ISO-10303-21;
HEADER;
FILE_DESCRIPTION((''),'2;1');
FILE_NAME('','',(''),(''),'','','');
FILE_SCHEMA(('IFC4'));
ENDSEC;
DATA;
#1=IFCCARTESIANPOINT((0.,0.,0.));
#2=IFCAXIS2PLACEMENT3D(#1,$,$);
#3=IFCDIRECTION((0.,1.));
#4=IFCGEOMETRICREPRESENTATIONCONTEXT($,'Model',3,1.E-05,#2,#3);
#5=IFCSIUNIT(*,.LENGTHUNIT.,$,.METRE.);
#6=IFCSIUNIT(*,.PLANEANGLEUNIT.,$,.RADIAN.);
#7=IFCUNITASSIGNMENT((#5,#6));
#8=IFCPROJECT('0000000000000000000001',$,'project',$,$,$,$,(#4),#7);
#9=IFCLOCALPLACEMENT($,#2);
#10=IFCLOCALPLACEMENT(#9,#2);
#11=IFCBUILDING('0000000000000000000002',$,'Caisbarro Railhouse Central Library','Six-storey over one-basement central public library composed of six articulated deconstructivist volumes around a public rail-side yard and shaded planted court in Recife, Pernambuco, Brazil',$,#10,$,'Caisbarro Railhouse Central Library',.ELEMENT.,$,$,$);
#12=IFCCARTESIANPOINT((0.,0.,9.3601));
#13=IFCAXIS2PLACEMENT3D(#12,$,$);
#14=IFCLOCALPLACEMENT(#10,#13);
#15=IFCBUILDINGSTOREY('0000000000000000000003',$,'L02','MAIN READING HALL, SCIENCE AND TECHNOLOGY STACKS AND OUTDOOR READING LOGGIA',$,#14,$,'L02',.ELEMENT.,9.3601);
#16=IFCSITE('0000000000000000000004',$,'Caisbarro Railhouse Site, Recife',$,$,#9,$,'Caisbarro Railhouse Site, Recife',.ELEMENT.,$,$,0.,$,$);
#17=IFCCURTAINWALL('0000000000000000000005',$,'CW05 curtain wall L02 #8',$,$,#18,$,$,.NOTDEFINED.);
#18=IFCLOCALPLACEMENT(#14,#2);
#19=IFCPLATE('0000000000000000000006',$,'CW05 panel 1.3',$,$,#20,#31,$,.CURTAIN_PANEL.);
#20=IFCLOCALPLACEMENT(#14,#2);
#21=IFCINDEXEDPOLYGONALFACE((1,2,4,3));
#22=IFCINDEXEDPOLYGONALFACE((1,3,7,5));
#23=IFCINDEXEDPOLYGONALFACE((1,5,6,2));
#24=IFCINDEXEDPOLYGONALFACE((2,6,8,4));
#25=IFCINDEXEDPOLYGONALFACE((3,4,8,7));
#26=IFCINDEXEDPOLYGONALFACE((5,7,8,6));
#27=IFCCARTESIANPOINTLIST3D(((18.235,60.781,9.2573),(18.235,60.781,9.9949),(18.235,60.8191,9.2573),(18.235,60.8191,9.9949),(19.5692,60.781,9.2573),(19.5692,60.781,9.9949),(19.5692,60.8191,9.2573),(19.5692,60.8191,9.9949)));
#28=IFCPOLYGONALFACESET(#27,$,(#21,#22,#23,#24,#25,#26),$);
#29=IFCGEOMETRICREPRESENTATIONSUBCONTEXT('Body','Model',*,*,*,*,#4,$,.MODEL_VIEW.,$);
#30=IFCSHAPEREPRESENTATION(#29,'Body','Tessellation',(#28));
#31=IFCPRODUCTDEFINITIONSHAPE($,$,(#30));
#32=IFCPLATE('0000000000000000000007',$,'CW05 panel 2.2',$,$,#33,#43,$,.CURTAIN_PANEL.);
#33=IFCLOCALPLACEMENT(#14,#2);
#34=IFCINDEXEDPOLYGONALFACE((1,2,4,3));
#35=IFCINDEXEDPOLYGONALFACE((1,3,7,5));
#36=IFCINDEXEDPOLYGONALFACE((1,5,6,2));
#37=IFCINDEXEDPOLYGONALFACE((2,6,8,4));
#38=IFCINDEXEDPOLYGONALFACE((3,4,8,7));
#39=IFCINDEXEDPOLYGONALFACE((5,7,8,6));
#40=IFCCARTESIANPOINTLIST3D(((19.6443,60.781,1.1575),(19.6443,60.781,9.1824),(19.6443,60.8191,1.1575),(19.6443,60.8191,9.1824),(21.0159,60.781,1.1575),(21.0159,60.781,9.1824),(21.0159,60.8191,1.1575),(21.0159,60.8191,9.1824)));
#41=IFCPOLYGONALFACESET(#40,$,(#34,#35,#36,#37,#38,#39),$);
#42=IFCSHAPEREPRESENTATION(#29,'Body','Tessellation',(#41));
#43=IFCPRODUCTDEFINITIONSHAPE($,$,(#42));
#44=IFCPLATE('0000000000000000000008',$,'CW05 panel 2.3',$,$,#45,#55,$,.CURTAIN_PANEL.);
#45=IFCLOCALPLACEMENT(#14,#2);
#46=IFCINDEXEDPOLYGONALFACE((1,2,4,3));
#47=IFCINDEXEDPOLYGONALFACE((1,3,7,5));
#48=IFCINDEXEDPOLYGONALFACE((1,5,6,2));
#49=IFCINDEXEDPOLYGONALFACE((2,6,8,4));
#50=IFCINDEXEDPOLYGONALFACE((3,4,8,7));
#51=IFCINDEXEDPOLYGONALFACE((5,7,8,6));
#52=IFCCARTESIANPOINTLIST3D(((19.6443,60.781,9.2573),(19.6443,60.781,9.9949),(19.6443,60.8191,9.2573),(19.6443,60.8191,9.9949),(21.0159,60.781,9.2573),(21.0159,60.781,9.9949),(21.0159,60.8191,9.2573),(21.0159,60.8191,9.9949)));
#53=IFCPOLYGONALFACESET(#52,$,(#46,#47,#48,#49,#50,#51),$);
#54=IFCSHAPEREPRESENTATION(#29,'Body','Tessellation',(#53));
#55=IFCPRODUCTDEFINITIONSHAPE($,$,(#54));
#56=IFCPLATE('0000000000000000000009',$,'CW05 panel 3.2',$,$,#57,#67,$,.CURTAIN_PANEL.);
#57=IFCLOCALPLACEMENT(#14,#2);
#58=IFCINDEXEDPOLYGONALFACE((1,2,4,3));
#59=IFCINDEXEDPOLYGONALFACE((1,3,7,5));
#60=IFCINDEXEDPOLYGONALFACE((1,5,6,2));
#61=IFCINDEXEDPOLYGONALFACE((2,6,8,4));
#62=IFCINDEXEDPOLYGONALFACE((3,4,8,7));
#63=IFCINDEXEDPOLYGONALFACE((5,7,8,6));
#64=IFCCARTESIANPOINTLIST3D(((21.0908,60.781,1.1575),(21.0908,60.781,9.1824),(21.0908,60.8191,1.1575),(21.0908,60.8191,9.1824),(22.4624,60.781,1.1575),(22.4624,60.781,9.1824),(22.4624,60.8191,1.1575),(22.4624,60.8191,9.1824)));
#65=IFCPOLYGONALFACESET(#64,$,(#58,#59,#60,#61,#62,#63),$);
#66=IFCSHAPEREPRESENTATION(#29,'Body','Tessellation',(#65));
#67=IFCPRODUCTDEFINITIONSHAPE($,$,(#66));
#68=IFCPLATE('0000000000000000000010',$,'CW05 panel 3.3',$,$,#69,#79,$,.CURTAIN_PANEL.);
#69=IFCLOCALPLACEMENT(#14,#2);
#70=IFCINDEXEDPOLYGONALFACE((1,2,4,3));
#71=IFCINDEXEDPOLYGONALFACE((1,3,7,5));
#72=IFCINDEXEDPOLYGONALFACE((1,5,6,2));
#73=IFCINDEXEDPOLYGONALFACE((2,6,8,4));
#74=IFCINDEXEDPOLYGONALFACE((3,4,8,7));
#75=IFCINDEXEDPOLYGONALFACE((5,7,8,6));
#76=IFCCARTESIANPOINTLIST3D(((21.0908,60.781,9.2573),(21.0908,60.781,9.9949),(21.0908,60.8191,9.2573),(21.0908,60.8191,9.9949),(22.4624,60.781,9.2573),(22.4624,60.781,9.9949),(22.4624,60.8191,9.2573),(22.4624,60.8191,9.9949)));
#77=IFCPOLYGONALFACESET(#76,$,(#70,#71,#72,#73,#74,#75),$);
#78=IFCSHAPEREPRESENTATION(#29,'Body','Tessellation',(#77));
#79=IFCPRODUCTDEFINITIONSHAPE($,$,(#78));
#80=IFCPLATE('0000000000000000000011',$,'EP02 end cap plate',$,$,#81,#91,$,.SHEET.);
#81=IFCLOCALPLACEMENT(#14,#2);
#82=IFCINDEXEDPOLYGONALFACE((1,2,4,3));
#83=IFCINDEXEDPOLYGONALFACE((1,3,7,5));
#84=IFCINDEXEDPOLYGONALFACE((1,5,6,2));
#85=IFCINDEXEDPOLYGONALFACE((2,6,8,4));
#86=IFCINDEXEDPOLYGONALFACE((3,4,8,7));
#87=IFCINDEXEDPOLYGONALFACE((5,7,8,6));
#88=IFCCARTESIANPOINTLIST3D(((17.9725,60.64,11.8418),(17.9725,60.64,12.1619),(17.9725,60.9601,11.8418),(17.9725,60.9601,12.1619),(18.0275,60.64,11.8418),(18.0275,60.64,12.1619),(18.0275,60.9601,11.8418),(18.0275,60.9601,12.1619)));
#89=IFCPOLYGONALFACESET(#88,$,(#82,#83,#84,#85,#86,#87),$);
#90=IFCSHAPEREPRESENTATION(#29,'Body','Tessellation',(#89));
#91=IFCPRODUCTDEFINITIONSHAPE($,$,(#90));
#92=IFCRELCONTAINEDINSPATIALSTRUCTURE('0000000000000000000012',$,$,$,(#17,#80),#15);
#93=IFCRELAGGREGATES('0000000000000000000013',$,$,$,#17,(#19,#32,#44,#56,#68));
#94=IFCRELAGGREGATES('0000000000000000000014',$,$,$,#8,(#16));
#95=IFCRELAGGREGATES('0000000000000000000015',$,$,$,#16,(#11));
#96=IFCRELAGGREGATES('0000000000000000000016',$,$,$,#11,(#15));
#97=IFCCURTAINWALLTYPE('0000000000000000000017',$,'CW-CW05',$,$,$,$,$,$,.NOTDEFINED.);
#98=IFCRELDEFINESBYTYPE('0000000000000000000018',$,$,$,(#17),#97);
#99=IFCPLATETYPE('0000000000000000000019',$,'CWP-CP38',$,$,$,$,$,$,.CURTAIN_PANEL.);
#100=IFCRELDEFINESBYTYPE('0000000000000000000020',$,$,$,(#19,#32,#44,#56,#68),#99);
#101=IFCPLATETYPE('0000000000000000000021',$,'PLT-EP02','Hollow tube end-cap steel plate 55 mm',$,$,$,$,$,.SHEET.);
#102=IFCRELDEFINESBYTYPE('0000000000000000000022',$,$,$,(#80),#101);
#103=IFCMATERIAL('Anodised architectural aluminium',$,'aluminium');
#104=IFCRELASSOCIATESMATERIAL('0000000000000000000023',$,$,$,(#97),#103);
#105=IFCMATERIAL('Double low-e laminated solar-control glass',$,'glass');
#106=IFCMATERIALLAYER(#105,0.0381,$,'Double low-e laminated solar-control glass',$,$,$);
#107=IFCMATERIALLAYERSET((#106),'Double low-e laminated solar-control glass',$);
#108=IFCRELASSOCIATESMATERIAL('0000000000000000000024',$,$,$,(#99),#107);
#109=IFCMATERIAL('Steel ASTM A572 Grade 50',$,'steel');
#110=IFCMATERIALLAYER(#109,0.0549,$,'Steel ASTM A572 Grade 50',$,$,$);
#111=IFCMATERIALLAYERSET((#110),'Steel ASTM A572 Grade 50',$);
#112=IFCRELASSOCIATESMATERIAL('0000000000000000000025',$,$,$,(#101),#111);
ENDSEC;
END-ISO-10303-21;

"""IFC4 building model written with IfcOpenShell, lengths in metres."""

from ifc_helpers import new_model, si_unit, direction, frame, origin, origin_2d, place, context, subcontext, project, spatial, rectangle, extrude, material, layer, layer_set, type_object, element, aggregate, save


model = new_model("IFC4")

# Units and contexts
model_context = context("Model", 3, precision=1e-05, world=origin(), true_north=direction((0.0, 1.0)))
body_context = subcontext(model_context, "Body", "Model", "MODEL_VIEW")
ifc_project = project(units=[si_unit("LENGTHUNIT", "METRE"), si_unit("PLANEANGLEUNIT", "RADIAN")], contexts=[model_context])

# Site, building, storey
site_placement = place(None, origin())
site = spatial("IfcSite", under=ifc_project, at=site_placement, Name="Caisbarro Railhouse Site, Recife", LongName="Caisbarro Railhouse Site, Recife", CompositionType="ELEMENT", RefElevation=0.0)
building_placement = place(site_placement, origin())
building = spatial("IfcBuilding", under=site, at=building_placement, Name="Caisbarro Railhouse Central Library", Description="Six-storey over one-basement central public library composed of six articulated deconstructivist volumes around a public rail-side yard and shaded planted court in Recife, Pernambuco, Brazil", LongName="Caisbarro Railhouse Central Library", CompositionType="ELEMENT")
storey_placement = place(building_placement, frame((0.0, 0.0, 9.3601)))
storey = spatial("IfcBuildingStorey", under=building, at=storey_placement, Name="L02", Description="MAIN READING HALL, SCIENCE AND TECHNOLOGY STACKS AND OUTDOOR READING LOGGIA", LongName="L02", CompositionType="ELEMENT", Elevation=9.3601)

# Curtain wall
ifc_material_1 = material(Name="Anodised architectural aluminium", Category="aluminium")
curtain_wall_type = type_object("IfcCurtainWallType", Name="CW-CW05", PredefinedType="NOTDEFINED", material=ifc_material_1)
curtain_wall_1_placement = place(storey_placement, origin())
curtain_wall_1 = element("IfcCurtainWall", 1, at=curtain_wall_1_placement, inside=storey, type_object=curtain_wall_type, Name="CW05 curtain wall L02 #8", PredefinedType="NOTDEFINED")

# Plates
ifc_material_2 = material(Name="Double low-e laminated solar-control glass", Category="glass")
ifc_layer_1 = layer(ifc_material_2, 0.0381, Name="Double low-e laminated solar-control glass")
ifc_layer_set_1 = layer_set([ifc_layer_1], Name="Double low-e laminated solar-control glass")
plate_type_1 = type_object("IfcPlateType", Name="CWP-CP38", PredefinedType="CURTAIN_PANEL", material=ifc_layer_set_1)
plate_1_placement = place(storey_placement, frame((18.9021, 60.8, 9.2573), z_axis=(0.0, 0.0, 1.0), x_axis=(1.0, 0.0, 0.0)))
plate_1 = element("IfcPlate", 2, at=plate_1_placement, type_object=plate_type_1, Name="CW05 panel 1.3", PredefinedType="CURTAIN_PANEL", context=body_context, shape_type="SweptSolid", body=[
    extrude(rectangle(XDim=1.3342, YDim=0.0381, at=origin_2d()), origin(), (0.0, 0.0, 1.0), 0.7375),
])
plate_2_placement = place(storey_placement, frame((20.3301, 60.8, 1.1575), z_axis=(0.0, 0.0, 1.0), x_axis=(1.0, 0.0, 0.0)))
plate_2 = element("IfcPlate", 3, at=plate_2_placement, type_object=plate_type_1, Name="CW05 panel 2.2", PredefinedType="CURTAIN_PANEL", context=body_context, shape_type="SweptSolid", body=[
    extrude(rectangle(XDim=1.3716, YDim=0.0381, at=origin_2d()), origin(), (0.0, 0.0, 1.0), 8.0249),
])
plate_3_placement = place(storey_placement, frame((20.3301, 60.8, 9.2573), z_axis=(0.0, 0.0, 1.0), x_axis=(1.0, 0.0, 0.0)))
plate_3 = element("IfcPlate", 4, at=plate_3_placement, type_object=plate_type_1, Name="CW05 panel 2.3", PredefinedType="CURTAIN_PANEL", context=body_context, shape_type="SweptSolid", body=[
    extrude(rectangle(XDim=1.3716, YDim=0.0381, at=origin_2d()), origin(), (0.0, 0.0, 1.0), 0.7375),
])
plate_4_placement = place(storey_placement, frame((21.7766, 60.8, 1.1575), z_axis=(0.0, 0.0, 1.0), x_axis=(1.0, 0.0, 0.0)))
plate_4 = element("IfcPlate", 5, at=plate_4_placement, type_object=plate_type_1, Name="CW05 panel 3.2", PredefinedType="CURTAIN_PANEL", context=body_context, shape_type="SweptSolid", body=[
    extrude(rectangle(XDim=1.3716, YDim=0.0381, at=origin_2d()), origin(), (0.0, 0.0, 1.0), 8.0249),
])
plate_5_placement = place(storey_placement, frame((21.7766, 60.8, 9.2573), z_axis=(0.0, 0.0, 1.0), x_axis=(1.0, 0.0, 0.0)))
plate_5 = element("IfcPlate", 6, at=plate_5_placement, type_object=plate_type_1, Name="CW05 panel 3.3", PredefinedType="CURTAIN_PANEL", context=body_context, shape_type="SweptSolid", body=[
    extrude(rectangle(XDim=1.3716, YDim=0.0381, at=origin_2d()), origin(), (0.0, 0.0, 1.0), 0.7375),
])
aggregate(curtain_wall_1, [plate_1, plate_2, plate_3, plate_4, plate_5])
ifc_material_3 = material(Name="Steel ASTM A572 Grade 50", Category="steel")
ifc_layer_2 = layer(ifc_material_3, 0.0549, Name="Steel ASTM A572 Grade 50")
ifc_layer_set_2 = layer_set([ifc_layer_2], Name="Steel ASTM A572 Grade 50")
plate_type_2 = type_object("IfcPlateType", Name="PLT-EP02", Description="Hollow tube end-cap steel plate 55 mm", PredefinedType="SHEET", material=ifc_layer_set_2)
plate_6_placement = place(storey_placement, frame((18.0, 60.8, 11.8418), z_axis=(0.0, 0.0, 1.0), x_axis=(1.0, 0.0, 0.0)))
element("IfcPlate", 7, at=plate_6_placement, inside=storey, type_object=plate_type_2, Name="EP02 end cap plate", PredefinedType="SHEET", context=body_context, shape_type="SweptSolid", body=[
    extrude(rectangle(XDim=0.0549, YDim=0.3201, at=origin_2d()), origin(), (0.0, 0.0, 1.0), 0.3201),
])

save(model, "model.ifc")
